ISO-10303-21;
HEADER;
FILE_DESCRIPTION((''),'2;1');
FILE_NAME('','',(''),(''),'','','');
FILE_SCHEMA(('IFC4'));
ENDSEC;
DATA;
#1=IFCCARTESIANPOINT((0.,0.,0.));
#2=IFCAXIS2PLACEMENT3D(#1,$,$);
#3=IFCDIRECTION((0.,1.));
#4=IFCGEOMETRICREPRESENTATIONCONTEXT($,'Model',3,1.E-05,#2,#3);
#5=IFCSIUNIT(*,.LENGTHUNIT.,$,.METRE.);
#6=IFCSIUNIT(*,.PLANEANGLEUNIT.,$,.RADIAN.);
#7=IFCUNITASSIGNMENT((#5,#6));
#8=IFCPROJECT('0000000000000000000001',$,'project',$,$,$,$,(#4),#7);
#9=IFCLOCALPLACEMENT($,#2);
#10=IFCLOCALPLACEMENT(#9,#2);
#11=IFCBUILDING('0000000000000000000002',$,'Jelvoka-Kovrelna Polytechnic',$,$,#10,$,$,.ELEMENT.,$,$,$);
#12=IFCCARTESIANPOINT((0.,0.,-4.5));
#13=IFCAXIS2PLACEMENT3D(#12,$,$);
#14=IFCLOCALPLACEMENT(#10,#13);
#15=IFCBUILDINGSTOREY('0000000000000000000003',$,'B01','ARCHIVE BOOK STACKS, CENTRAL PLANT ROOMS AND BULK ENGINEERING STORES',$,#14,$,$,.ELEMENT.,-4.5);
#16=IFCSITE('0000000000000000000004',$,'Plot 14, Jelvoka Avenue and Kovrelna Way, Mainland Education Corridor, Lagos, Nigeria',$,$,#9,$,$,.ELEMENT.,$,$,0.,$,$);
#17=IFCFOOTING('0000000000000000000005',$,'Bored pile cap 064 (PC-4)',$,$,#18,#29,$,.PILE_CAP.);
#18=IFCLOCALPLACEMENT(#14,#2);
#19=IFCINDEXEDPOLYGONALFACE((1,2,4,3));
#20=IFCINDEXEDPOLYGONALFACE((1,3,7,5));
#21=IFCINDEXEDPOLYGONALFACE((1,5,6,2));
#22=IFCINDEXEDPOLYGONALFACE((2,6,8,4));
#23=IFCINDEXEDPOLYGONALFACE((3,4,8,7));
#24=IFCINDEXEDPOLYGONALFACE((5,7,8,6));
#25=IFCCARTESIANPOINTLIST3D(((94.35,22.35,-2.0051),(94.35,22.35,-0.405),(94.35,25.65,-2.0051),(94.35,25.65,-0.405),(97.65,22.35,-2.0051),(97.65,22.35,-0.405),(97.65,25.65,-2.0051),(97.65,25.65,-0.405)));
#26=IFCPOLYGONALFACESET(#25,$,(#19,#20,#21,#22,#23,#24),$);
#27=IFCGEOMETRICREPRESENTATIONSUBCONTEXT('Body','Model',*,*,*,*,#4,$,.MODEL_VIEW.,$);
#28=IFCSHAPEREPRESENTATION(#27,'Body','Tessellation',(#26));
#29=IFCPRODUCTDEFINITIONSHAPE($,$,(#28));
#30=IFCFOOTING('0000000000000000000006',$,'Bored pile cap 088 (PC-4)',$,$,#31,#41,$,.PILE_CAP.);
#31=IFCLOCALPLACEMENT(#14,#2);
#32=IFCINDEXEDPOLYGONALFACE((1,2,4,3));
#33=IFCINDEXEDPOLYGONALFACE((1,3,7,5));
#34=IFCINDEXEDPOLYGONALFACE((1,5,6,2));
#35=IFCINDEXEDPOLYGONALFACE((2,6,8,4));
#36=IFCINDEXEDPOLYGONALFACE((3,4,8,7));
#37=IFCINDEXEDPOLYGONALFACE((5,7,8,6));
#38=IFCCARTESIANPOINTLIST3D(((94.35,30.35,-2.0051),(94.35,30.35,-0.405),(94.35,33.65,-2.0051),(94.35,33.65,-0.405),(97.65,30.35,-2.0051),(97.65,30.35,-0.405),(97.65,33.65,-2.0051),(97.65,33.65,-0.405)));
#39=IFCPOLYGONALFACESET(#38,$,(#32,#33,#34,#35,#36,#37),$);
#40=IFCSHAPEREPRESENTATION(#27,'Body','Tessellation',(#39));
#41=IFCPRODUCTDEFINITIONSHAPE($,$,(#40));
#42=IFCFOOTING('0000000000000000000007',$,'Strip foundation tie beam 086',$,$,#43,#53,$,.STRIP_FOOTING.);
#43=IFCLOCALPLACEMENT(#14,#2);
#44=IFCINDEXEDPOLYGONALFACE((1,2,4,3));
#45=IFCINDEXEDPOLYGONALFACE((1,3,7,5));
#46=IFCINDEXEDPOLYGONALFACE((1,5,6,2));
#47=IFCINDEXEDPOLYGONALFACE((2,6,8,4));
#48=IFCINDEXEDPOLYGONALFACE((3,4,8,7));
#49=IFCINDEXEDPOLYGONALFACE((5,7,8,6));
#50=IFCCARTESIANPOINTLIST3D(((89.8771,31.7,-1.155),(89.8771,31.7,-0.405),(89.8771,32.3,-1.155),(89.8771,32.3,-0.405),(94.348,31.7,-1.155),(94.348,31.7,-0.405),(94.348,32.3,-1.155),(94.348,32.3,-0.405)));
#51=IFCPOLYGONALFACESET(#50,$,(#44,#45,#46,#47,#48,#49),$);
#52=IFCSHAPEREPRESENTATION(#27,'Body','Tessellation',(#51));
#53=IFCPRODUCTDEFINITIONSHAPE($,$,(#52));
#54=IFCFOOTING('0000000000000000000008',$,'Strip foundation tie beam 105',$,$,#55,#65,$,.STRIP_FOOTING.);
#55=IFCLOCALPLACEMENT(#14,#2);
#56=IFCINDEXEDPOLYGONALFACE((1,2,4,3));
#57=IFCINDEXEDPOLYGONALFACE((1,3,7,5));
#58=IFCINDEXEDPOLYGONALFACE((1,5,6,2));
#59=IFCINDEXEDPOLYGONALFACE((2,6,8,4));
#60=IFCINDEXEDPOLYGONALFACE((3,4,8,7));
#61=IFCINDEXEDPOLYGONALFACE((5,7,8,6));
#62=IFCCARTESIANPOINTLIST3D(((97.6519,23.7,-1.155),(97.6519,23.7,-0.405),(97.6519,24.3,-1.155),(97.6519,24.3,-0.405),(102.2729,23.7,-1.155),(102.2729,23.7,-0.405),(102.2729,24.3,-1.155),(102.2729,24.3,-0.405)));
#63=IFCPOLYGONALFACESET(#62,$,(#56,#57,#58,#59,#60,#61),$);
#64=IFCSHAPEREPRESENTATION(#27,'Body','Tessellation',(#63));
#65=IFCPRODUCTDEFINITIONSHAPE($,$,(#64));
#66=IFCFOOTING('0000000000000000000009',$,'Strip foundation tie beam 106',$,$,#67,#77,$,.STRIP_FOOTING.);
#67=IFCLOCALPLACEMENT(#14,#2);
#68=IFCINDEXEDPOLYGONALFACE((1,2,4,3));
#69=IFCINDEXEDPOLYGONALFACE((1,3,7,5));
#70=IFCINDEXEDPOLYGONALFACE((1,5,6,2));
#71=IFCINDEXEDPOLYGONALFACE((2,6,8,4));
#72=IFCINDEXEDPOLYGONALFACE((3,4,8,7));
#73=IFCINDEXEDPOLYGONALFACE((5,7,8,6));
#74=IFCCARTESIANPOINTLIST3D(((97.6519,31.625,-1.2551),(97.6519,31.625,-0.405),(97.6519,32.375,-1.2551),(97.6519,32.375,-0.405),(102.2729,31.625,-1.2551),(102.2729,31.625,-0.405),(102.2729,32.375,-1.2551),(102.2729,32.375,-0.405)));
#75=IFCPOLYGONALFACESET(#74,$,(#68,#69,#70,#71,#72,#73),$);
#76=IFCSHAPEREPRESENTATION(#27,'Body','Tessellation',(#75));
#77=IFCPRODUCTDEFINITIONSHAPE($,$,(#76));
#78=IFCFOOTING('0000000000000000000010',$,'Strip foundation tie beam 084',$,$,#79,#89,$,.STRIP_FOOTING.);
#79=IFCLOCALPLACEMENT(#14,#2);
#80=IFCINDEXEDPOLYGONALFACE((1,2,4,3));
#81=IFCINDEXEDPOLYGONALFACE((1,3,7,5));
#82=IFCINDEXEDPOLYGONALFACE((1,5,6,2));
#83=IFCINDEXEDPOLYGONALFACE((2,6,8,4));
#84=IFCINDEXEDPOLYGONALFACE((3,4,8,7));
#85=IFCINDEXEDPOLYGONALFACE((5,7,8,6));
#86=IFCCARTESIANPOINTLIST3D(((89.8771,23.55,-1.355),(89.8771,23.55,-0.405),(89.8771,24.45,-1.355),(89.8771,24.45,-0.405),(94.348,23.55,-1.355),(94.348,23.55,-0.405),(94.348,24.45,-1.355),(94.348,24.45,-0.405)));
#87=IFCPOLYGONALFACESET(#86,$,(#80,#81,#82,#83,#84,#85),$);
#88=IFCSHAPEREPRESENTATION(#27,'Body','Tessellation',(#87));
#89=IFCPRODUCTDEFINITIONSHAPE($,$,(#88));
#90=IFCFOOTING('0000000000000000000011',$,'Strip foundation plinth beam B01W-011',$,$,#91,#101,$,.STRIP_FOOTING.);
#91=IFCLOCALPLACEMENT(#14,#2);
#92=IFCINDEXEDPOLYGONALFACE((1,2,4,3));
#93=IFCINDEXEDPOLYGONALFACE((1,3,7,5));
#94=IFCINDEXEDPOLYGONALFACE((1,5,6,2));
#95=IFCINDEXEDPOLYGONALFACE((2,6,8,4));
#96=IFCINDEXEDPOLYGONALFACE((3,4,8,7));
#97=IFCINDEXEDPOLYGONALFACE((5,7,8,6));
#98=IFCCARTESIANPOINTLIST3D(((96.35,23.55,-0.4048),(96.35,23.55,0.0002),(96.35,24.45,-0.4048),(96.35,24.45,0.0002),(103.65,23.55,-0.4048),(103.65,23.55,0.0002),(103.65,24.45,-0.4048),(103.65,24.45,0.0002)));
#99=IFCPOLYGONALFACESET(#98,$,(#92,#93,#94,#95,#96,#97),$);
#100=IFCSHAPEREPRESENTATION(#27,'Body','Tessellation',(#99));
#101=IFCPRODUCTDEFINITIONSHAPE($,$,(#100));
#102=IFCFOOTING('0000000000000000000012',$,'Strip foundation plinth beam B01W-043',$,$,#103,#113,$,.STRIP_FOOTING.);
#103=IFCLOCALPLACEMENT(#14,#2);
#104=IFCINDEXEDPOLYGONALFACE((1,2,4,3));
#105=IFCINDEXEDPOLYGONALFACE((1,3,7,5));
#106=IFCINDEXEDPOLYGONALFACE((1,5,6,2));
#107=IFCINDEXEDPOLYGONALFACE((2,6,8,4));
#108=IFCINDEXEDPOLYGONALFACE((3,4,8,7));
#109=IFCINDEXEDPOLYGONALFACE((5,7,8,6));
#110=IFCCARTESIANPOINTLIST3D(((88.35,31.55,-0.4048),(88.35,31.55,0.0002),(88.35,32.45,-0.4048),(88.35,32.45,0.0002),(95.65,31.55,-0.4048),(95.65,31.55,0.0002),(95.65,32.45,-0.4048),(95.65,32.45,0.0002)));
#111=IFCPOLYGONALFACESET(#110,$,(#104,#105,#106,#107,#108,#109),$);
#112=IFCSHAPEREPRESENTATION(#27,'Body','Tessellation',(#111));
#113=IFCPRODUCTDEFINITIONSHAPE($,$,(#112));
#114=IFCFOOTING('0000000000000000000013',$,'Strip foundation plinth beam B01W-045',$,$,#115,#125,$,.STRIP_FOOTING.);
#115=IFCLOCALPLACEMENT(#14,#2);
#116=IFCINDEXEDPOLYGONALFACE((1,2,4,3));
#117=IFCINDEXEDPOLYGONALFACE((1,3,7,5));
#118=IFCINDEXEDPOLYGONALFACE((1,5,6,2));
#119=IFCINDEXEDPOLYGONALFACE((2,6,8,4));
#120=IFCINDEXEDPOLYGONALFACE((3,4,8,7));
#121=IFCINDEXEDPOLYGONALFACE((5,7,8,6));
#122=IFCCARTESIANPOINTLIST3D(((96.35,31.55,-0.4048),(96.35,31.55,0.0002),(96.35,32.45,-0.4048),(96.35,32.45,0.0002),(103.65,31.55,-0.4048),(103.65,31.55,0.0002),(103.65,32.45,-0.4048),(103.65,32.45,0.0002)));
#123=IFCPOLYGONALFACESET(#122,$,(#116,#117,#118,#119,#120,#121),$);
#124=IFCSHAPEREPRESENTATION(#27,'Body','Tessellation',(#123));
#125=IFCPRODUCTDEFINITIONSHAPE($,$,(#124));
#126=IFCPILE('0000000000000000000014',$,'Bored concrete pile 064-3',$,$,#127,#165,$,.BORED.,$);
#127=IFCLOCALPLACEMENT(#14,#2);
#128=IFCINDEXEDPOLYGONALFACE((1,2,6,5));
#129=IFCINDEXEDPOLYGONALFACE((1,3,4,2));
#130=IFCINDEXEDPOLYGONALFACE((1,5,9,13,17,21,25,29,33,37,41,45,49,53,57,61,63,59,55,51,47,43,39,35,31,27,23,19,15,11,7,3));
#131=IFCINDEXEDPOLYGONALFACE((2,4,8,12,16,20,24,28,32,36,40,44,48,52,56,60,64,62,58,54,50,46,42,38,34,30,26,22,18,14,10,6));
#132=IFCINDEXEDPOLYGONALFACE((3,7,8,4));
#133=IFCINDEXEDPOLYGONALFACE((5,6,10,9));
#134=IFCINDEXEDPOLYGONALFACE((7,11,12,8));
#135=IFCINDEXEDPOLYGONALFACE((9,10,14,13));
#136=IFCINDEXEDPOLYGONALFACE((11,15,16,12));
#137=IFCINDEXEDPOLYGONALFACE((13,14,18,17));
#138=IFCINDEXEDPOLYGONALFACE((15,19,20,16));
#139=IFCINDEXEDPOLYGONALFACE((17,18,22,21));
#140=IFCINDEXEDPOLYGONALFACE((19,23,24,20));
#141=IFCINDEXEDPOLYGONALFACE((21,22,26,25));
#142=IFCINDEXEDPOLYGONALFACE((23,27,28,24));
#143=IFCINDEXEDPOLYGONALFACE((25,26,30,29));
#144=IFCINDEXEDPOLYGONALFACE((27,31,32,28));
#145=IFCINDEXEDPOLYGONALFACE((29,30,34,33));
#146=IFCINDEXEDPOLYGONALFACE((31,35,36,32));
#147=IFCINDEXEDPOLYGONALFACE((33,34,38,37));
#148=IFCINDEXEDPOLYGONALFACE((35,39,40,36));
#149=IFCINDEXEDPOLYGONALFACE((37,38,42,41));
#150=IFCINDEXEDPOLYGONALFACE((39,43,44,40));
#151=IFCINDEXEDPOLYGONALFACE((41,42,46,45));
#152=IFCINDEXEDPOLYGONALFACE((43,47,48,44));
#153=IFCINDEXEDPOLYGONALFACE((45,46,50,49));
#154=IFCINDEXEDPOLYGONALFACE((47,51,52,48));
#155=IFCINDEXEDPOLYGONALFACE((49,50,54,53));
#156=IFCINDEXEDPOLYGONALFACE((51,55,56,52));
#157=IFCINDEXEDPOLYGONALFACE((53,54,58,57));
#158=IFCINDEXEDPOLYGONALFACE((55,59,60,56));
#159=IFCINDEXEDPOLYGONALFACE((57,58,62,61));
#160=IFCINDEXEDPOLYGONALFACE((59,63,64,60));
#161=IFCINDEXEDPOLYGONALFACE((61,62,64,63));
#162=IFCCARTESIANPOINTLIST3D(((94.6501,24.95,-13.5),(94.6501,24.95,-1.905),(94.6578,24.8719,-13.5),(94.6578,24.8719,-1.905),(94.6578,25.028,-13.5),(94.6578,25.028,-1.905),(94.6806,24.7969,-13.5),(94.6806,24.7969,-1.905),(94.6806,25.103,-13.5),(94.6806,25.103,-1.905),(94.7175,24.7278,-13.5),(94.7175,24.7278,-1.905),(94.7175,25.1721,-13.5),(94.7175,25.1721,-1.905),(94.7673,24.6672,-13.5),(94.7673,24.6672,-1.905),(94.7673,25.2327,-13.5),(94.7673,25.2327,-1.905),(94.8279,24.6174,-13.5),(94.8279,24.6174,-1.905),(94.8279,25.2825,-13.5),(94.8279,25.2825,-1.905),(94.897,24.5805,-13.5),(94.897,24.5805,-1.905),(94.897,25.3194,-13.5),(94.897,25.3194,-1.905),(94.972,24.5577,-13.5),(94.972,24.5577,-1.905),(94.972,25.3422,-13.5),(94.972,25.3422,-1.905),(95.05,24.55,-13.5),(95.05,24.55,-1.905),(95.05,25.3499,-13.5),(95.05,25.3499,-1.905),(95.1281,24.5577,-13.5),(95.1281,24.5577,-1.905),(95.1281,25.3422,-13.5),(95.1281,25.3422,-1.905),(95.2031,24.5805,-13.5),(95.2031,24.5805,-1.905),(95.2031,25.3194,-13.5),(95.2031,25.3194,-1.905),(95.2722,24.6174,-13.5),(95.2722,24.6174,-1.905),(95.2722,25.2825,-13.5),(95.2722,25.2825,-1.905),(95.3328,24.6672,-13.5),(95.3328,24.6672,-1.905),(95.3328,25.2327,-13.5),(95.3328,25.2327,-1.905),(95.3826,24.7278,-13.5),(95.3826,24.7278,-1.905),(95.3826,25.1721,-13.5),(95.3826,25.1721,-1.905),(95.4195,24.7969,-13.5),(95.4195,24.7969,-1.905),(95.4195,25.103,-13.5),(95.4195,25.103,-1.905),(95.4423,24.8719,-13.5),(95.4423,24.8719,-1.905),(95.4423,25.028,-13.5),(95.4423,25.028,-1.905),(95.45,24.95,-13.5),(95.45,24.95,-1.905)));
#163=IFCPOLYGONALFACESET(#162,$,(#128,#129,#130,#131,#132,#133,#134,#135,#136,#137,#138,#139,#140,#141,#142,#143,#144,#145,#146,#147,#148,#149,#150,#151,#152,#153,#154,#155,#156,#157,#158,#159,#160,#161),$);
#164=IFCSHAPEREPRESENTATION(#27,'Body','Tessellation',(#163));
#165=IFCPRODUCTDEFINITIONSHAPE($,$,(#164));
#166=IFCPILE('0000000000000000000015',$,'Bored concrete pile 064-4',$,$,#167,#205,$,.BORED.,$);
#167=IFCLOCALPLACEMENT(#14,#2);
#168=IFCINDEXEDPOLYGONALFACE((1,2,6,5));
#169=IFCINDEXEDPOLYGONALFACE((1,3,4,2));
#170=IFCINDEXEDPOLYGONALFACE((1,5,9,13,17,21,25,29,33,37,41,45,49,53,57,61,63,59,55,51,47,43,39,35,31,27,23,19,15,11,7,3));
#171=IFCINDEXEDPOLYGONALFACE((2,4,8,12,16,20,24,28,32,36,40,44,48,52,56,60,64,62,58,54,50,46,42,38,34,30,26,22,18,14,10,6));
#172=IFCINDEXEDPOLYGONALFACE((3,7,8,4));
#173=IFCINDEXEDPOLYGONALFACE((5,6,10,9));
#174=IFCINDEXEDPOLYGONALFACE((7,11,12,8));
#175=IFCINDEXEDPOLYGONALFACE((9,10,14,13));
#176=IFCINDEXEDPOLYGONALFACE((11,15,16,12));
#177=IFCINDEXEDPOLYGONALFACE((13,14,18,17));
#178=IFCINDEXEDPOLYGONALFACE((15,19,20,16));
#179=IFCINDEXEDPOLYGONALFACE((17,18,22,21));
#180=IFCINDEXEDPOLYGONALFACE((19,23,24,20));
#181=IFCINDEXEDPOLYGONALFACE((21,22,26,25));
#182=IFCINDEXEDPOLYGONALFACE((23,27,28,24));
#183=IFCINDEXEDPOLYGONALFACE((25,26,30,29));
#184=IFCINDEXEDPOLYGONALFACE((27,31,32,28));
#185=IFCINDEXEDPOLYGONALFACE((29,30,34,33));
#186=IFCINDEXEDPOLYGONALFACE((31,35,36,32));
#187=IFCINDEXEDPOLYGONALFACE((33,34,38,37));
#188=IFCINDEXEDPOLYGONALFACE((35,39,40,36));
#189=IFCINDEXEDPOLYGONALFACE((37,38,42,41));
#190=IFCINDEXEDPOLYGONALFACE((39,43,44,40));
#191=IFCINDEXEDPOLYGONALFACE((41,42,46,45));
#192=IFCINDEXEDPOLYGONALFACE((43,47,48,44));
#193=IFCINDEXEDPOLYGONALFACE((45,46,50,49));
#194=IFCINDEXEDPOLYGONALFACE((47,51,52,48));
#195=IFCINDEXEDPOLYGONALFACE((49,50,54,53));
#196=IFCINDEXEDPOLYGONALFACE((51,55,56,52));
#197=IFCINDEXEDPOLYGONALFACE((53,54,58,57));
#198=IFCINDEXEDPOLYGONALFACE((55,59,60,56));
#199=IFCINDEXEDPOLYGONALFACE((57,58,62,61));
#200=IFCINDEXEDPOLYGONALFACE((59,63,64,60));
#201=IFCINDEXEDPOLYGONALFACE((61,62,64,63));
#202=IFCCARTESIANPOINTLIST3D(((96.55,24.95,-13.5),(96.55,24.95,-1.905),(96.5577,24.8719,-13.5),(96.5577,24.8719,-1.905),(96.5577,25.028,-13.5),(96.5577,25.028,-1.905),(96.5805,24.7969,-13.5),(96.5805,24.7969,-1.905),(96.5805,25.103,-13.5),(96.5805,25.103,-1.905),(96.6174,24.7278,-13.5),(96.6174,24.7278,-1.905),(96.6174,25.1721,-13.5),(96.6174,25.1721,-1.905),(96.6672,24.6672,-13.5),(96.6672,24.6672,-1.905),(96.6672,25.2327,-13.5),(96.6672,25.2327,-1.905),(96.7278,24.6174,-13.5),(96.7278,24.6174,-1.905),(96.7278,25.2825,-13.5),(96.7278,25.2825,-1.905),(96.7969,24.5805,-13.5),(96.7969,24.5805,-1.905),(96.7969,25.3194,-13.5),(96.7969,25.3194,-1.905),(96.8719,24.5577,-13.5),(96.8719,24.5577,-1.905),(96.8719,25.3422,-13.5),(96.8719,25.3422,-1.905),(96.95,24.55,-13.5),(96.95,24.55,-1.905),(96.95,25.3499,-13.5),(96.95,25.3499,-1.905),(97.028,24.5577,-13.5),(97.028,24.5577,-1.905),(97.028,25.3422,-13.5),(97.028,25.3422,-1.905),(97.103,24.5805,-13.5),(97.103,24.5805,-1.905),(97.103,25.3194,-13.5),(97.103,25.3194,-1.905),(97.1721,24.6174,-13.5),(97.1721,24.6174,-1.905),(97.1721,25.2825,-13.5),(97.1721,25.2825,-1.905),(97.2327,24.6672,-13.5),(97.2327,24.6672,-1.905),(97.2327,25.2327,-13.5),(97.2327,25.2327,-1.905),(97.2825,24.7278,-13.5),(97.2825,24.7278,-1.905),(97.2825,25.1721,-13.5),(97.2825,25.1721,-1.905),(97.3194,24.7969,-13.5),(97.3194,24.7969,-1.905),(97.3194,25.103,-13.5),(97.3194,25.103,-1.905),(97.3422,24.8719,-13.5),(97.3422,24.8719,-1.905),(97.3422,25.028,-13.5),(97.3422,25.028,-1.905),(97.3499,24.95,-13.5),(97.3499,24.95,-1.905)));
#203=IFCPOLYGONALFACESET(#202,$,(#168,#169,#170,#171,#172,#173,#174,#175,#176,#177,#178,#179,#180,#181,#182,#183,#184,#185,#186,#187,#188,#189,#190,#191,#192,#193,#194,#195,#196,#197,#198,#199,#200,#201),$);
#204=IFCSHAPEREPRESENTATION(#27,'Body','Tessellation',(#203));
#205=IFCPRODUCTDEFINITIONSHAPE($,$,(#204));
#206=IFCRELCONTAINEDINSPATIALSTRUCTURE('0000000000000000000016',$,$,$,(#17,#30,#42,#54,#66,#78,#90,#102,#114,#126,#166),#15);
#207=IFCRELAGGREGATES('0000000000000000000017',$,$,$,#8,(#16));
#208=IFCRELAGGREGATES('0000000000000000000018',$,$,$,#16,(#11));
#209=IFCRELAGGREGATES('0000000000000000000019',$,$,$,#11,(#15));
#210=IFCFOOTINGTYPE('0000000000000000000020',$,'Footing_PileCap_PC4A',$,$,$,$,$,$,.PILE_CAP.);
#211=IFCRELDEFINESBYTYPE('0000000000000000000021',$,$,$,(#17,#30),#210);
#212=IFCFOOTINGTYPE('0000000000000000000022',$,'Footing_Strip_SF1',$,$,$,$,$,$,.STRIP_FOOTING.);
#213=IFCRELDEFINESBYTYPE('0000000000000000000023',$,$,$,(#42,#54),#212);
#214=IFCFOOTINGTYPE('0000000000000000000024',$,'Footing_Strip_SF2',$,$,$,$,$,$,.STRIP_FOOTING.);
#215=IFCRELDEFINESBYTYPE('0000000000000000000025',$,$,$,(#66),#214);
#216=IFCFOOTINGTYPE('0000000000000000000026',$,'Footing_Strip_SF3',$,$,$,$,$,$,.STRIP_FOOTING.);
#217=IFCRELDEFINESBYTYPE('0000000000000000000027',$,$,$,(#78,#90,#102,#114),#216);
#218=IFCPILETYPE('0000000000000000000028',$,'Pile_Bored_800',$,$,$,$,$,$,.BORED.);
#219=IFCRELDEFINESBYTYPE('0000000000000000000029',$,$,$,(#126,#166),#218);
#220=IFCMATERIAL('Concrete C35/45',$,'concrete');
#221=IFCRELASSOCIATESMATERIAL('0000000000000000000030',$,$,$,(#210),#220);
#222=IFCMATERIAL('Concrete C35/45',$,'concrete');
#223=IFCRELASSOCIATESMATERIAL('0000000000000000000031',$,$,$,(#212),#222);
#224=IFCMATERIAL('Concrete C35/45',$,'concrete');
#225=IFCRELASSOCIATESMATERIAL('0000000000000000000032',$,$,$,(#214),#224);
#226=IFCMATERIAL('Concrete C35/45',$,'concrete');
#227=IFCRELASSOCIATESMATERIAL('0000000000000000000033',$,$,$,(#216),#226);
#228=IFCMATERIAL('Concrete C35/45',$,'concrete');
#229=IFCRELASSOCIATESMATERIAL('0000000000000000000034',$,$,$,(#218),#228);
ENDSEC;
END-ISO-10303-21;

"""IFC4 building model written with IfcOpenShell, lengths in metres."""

from ifc_helpers import new_model, si_unit, direction, frame, origin, origin_2d, place, context, subcontext, project, spatial, rectangle, circle, extrude, material, material_profile, profile_set, type_object, element, save


model = new_model("IFC4")

# Units and contexts
model_context = context("Model", 3, precision=1e-05, world=origin(), true_north=direction((0.0, 1.0)))
body_context = subcontext(model_context, "Body", "Model", "MODEL_VIEW")
ifc_project = project(units=[si_unit("LENGTHUNIT", "METRE"), si_unit("PLANEANGLEUNIT", "RADIAN")], contexts=[model_context])

# Site, building, storey
site_placement = place(None, origin())
site = spatial("IfcSite", under=ifc_project, at=site_placement, Name="Plot 14, Jelvoka Avenue and Kovrelna Way, Mainland Education Corridor, Lagos, Nigeria", CompositionType="ELEMENT", RefElevation=0.0)
building_placement = place(site_placement, origin())
building = spatial("IfcBuilding", under=site, at=building_placement, Name="Jelvoka-Kovrelna Polytechnic", CompositionType="ELEMENT")
storey_placement = place(building_placement, frame((0.0, 0.0, -4.5)))
storey = spatial("IfcBuildingStorey", under=building, at=storey_placement, Name="B01", Description="ARCHIVE BOOK STACKS, CENTRAL PLANT ROOMS AND BULK ENGINEERING STORES", CompositionType="ELEMENT", Elevation=-4.5)

# Footings
ifc_material_1 = material(Name="Concrete C35/45", Category="concrete")
footing_type_1 = type_object("IfcFootingType", Name="Footing_PileCap_PC4A", PredefinedType="PILE_CAP", material=ifc_material_1)
for number, where, z_axis, x_axis, name in (
    (1, (96.0, 24.0, -2.0051), (0.0, 0.0, 1.0), (1.0, 0.0, 0.0), "Bored pile cap 064 (PC-4)"),
    (2, (96.0, 32.0, -2.0051), (0.0, 0.0, 1.0), (1.0, 0.0, 0.0), "Bored pile cap 088 (PC-4)"),
):
    element("IfcFooting", number, at=place(storey_placement, frame(where, z_axis=z_axis, x_axis=x_axis)), inside=storey, type_object=footing_type_1, Name=name, PredefinedType="PILE_CAP", context=body_context, shape_type="SweptSolid", body=[
        extrude(rectangle(XDim=3.3, YDim=3.3, at=origin_2d()), origin(), (0.0, 0.0, 1.0), 1.6001),
    ])
ifc_material_2 = material(Name="Concrete C35/45", Category="concrete")
footing_type_2 = type_object("IfcFootingType", Name="Footing_Strip_SF1", PredefinedType="STRIP_FOOTING", material=ifc_material_2)
footing_1_placement = place(storey_placement, frame((92.1125, 32.0, -1.155), z_axis=(0.0, 0.0, 1.0), x_axis=(1.0, 0.0, 0.0)))
element("IfcFooting", 3, at=footing_1_placement, inside=storey, type_object=footing_type_2, Name="Strip foundation tie beam 086", PredefinedType="STRIP_FOOTING", context=body_context, shape_type="SweptSolid", body=[
    extrude(rectangle(XDim=4.4709, YDim=0.6001, at=origin_2d()), origin(), (0.0, 0.0, 1.0), 0.75),
])
footing_2_placement = place(storey_placement, frame((99.9624, 24.0, -1.155), z_axis=(0.0, 0.0, 1.0), x_axis=(1.0, 0.0, 0.0)))
element("IfcFooting", 4, at=footing_2_placement, inside=storey, type_object=footing_type_2, Name="Strip foundation tie beam 105", PredefinedType="STRIP_FOOTING", context=body_context, shape_type="SweptSolid", body=[
    extrude(rectangle(XDim=4.6211, YDim=0.6001, at=origin_2d()), origin(), (0.0, 0.0, 1.0), 0.75),
])
ifc_material_3 = material(Name="Concrete C35/45", Category="concrete")
footing_type_3 = type_object("IfcFootingType", Name="Footing_Strip_SF2", PredefinedType="STRIP_FOOTING", material=ifc_material_3)
footing_3_placement = place(storey_placement, frame((99.9624, 32.0, -1.2551), z_axis=(0.0, 0.0, 1.0), x_axis=(1.0, 0.0, 0.0)))
element("IfcFooting", 5, at=footing_3_placement, inside=storey, type_object=footing_type_3, Name="Strip foundation tie beam 106", PredefinedType="STRIP_FOOTING", context=body_context, shape_type="SweptSolid", body=[
    extrude(rectangle(XDim=4.6211, YDim=0.75, at=origin_2d()), origin(), (0.0, 0.0, 1.0), 0.8501),
])
ifc_material_4 = material(Name="Concrete C35/45", Category="concrete")
footing_type_4 = type_object("IfcFootingType", Name="Footing_Strip_SF3", PredefinedType="STRIP_FOOTING", material=ifc_material_4)
footing_4_placement = place(storey_placement, frame((92.1125, 24.0, -1.355), z_axis=(0.0, 0.0, 1.0), x_axis=(1.0, 0.0, 0.0)))
element("IfcFooting", 6, at=footing_4_placement, inside=storey, type_object=footing_type_4, Name="Strip foundation tie beam 084", PredefinedType="STRIP_FOOTING", context=body_context, shape_type="SweptSolid", body=[
    extrude(rectangle(XDim=4.4709, YDim=0.8999, at=origin_2d()), origin(), (0.0, 0.0, 1.0), 0.95),
])
for number, where, z_axis, x_axis, name in (
    (7, (100.0, 24.0, -0.4048), (0.0, 0.0, 1.0), (1.0, 0.0, 0.0), "Strip foundation plinth beam B01W-011"),
    (8, (92.0, 32.0, -0.4048), (0.0, 0.0, 1.0), (1.0, 0.0, 0.0), "Strip foundation plinth beam B01W-043"),
    (9, (100.0, 32.0, -0.4048), (0.0, 0.0, 1.0), (1.0, 0.0, 0.0), "Strip foundation plinth beam B01W-045"),
):
    element("IfcFooting", number, at=place(storey_placement, frame(where, z_axis=z_axis, x_axis=x_axis)), inside=storey, type_object=footing_type_4, Name=name, PredefinedType="STRIP_FOOTING", context=body_context, shape_type="SweptSolid", body=[
        extrude(rectangle(XDim=7.3, YDim=0.8999, at=origin_2d()), origin(), (0.0, 0.0, 1.0), 0.405),
    ])

# Piles
ifc_material_5 = material(Name="Concrete C35/45", Category="concrete")
ifc_material_profile_1 = material_profile(ifc_material_5, circle(Radius=0.3999, at=origin_2d()), Name="PILE D800")
ifc_profile_set_1 = profile_set([ifc_material_profile_1], Name="Concrete C35/45")
pile_type = type_object("IfcPileType", Name="Pile_Bored_800", PredefinedType="BORED", material=ifc_profile_set_1)
for number, where, z_axis, x_axis, name in (
    (10, (95.05, 24.95, -1.905), (0.0, 0.0, -1.0), (1.0, 0.0, 0.0), "Bored concrete pile 064-3"),
    (11, (96.95, 24.95, -1.905), (0.0, 0.0, -1.0), (1.0, 0.0, 0.0), "Bored concrete pile 064-4"),
):
    element("IfcPile", number, at=place(storey_placement, frame(where, z_axis=z_axis, x_axis=x_axis)), inside=storey, type_object=pile_type, Name=name, PredefinedType="BORED", context=body_context, shape_type="SweptSolid", body=[
        extrude(circle(Radius=0.3999, at=origin_2d()), origin(), (0.0, 0.0, 1.0), 11.595),
    ])

save(model, "model.ifc")
